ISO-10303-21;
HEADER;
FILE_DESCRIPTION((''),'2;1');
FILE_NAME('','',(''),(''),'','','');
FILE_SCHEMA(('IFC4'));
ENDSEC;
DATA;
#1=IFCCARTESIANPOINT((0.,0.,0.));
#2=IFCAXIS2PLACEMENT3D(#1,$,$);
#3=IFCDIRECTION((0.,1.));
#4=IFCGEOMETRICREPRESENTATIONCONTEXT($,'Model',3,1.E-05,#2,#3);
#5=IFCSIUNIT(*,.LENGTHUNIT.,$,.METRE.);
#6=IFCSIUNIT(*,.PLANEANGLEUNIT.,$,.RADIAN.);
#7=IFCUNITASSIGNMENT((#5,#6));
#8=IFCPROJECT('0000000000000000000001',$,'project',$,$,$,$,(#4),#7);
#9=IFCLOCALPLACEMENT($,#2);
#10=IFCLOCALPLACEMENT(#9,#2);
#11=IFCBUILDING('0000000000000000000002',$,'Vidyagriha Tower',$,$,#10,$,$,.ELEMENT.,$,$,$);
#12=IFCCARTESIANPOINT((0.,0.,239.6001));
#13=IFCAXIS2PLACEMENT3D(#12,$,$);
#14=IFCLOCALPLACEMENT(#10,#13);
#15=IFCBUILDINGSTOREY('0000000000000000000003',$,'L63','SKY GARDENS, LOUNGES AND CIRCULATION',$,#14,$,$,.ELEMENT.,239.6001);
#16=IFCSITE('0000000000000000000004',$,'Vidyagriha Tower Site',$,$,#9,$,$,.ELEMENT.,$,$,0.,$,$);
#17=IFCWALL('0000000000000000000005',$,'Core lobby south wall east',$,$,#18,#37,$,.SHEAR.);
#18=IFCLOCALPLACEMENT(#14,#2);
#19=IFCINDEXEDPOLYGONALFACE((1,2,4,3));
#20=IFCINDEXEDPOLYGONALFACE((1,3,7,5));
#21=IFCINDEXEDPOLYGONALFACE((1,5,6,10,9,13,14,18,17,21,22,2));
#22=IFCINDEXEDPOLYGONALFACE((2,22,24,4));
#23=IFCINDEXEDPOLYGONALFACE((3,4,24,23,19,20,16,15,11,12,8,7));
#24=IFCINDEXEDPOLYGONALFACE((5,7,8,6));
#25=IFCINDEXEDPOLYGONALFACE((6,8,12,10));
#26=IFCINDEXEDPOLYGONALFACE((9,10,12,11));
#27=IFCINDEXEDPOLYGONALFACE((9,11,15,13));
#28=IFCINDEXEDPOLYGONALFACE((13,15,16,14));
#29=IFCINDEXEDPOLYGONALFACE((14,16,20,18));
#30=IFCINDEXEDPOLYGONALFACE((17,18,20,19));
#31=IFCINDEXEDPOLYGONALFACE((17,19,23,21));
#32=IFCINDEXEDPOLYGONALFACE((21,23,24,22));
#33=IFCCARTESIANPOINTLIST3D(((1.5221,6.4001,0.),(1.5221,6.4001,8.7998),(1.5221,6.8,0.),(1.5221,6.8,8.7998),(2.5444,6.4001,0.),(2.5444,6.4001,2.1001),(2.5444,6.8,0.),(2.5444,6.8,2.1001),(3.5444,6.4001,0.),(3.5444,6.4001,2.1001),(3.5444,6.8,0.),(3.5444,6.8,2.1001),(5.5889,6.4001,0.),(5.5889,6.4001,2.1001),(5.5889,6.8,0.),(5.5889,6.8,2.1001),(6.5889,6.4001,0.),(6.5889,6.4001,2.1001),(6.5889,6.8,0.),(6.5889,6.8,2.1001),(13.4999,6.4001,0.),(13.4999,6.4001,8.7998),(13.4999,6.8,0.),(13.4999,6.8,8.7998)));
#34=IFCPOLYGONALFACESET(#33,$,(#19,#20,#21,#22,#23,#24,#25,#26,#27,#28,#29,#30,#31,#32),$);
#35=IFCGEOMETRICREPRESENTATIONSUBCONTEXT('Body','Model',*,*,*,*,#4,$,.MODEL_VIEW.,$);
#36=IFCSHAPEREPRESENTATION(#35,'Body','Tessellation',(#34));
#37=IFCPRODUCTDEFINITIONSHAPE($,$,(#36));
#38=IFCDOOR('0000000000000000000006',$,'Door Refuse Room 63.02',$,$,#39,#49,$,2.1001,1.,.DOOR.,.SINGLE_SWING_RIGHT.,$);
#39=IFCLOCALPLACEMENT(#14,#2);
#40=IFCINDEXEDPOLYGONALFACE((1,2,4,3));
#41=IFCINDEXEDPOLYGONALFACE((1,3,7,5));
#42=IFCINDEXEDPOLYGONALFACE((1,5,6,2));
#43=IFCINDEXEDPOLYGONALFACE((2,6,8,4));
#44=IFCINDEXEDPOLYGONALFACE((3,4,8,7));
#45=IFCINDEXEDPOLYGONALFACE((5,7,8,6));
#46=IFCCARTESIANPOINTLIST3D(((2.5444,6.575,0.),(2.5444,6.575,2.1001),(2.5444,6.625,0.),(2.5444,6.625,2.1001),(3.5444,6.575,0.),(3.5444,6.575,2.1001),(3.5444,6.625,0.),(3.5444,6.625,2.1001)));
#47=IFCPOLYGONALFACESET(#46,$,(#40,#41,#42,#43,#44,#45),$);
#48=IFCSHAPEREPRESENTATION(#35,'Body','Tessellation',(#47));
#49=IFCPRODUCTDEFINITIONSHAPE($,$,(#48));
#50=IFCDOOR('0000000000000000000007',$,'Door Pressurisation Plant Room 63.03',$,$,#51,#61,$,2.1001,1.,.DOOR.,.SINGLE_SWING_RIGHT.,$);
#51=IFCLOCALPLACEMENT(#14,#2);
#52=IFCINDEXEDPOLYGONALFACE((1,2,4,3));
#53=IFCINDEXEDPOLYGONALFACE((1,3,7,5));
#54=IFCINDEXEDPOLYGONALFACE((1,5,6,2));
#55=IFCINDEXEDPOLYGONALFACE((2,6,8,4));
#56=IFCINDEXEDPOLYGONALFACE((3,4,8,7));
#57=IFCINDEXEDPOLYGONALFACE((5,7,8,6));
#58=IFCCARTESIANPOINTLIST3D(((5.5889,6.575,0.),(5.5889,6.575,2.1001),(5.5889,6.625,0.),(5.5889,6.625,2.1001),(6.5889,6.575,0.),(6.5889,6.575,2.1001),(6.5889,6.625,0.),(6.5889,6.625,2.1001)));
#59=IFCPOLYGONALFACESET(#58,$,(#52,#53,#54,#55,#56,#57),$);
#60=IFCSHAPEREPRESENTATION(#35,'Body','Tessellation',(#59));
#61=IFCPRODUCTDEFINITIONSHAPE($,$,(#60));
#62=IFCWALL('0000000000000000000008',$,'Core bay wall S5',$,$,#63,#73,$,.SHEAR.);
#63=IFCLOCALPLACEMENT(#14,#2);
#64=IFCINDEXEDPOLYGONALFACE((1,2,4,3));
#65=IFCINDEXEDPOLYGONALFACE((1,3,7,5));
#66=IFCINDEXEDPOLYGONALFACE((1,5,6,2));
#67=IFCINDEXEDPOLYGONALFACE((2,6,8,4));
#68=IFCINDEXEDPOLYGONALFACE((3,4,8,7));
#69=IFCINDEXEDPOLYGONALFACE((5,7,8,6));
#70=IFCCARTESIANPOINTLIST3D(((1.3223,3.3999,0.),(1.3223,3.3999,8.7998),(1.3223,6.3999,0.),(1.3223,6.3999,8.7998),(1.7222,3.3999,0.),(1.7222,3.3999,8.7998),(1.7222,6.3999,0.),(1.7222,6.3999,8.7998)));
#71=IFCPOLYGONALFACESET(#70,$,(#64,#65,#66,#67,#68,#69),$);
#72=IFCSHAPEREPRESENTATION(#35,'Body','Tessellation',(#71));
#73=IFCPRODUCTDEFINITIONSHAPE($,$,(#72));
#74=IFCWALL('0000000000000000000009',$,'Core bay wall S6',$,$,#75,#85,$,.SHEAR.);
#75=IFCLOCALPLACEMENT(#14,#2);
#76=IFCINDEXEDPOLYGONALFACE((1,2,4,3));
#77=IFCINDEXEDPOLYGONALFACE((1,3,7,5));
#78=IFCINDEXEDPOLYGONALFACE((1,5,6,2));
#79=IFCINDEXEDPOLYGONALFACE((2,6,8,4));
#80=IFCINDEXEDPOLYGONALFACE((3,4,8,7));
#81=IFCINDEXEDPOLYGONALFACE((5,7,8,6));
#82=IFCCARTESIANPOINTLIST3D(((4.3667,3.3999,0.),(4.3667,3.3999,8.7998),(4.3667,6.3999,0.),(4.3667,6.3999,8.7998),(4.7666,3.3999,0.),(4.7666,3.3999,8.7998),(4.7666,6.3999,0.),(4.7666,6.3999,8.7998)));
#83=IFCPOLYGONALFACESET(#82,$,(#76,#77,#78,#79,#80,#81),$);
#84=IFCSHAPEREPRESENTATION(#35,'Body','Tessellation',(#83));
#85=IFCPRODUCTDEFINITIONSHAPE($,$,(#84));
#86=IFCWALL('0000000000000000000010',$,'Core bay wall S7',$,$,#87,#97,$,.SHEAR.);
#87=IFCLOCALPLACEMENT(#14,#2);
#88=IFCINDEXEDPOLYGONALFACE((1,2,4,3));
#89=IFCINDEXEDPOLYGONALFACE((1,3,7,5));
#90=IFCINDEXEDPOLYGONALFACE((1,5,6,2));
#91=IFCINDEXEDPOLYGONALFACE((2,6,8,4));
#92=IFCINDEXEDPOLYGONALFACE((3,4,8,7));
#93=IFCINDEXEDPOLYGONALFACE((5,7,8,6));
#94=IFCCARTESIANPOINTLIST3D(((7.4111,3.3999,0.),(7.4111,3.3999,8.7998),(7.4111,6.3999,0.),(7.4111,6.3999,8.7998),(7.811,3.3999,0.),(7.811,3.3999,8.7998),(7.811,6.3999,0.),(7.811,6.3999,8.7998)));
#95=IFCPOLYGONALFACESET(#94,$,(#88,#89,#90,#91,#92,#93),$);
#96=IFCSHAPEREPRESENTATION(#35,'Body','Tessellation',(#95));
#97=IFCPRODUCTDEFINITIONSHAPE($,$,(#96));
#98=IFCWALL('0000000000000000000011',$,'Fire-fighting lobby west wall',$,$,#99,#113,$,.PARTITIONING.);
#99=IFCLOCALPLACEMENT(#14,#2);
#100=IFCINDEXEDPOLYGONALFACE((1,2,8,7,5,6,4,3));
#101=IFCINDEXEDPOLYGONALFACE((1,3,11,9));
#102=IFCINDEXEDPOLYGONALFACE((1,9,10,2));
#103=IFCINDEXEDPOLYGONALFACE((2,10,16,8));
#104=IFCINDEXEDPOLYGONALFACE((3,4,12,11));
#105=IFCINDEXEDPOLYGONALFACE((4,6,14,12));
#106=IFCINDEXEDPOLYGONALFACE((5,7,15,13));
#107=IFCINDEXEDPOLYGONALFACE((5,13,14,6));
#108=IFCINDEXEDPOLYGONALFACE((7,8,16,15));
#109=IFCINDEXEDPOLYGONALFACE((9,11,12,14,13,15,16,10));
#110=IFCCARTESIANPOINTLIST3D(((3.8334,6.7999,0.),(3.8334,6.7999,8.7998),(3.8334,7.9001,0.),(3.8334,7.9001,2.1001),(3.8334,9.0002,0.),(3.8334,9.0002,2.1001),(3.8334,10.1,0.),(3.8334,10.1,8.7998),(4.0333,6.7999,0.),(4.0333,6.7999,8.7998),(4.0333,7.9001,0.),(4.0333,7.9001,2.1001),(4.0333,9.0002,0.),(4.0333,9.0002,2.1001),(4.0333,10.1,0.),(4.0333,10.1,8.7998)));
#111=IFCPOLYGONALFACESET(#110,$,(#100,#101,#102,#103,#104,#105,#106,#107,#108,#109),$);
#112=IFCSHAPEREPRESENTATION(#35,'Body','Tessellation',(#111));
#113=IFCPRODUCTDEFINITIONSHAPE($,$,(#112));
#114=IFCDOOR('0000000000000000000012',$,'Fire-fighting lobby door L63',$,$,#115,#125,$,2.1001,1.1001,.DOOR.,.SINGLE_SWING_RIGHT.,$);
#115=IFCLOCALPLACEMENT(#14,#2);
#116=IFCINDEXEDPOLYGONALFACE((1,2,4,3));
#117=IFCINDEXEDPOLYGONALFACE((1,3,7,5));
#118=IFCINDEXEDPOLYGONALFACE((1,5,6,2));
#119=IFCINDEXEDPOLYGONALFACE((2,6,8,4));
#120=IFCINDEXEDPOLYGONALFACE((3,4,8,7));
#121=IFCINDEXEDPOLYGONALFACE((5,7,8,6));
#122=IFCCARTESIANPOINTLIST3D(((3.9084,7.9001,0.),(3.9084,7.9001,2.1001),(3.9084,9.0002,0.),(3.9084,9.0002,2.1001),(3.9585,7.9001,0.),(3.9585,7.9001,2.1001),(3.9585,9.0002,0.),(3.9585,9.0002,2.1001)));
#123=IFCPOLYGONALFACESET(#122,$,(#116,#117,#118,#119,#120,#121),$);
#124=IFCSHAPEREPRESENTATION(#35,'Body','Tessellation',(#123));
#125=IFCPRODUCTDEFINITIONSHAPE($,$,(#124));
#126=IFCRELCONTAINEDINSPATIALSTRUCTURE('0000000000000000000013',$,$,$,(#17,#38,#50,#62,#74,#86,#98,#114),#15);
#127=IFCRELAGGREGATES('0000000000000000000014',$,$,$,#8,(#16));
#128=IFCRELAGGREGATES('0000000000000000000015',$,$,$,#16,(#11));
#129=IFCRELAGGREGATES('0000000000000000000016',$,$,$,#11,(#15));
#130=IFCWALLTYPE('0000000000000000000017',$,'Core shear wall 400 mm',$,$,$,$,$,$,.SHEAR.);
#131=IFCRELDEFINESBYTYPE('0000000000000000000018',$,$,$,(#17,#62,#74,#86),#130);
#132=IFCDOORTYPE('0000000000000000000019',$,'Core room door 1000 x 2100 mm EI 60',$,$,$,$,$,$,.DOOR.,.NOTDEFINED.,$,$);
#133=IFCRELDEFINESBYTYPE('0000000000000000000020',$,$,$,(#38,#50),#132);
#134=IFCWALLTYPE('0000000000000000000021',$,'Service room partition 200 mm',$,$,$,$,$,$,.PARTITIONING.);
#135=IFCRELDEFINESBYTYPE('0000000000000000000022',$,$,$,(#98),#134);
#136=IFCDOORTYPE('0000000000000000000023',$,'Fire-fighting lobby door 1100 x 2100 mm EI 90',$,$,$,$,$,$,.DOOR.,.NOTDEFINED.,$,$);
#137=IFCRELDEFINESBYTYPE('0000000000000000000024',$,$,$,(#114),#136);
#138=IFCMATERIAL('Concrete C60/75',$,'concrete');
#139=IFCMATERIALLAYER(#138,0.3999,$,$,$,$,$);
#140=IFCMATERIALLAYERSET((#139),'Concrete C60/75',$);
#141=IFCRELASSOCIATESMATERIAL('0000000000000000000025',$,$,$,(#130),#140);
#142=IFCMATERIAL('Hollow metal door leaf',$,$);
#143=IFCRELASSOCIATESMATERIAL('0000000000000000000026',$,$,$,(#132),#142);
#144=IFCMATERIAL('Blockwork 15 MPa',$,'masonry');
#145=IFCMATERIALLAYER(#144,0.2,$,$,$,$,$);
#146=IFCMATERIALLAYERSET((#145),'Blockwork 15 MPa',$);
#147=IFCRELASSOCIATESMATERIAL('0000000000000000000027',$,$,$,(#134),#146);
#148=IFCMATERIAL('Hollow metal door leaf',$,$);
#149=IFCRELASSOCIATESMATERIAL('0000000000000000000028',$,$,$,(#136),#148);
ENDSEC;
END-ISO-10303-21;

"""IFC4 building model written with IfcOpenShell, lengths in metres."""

from ifc_helpers import new_model, si_unit, direction, frame, frame_2d, origin, place, context, subcontext, project, spatial, rectangle, extrude, material, layer, layer_set, type_object, element, fill, save


model = new_model("IFC4")

# Units and contexts
model_context = context("Model", 3, precision=1e-05, world=origin(), true_north=direction((0.0, 1.0)))
body_context = subcontext(model_context, "Body", "Model", "MODEL_VIEW")
ifc_project = project(units=[si_unit("LENGTHUNIT", "METRE"), si_unit("PLANEANGLEUNIT", "RADIAN")], contexts=[model_context])

# Site, building, storey
site_placement = place(None, origin())
site = spatial("IfcSite", under=ifc_project, at=site_placement, Name="Vidyagriha Tower Site", CompositionType="ELEMENT", RefElevation=0.0)
building_placement = place(site_placement, origin())
building = spatial("IfcBuilding", under=site, at=building_placement, Name="Vidyagriha Tower", CompositionType="ELEMENT")
storey_placement = place(building_placement, frame((0.0, 0.0, 239.6001)))
storey = spatial("IfcBuildingStorey", under=building, at=storey_placement, Name="L63", Description="SKY GARDENS, LOUNGES AND CIRCULATION", CompositionType="ELEMENT", Elevation=239.6001)

# Wall, openings, doors
ifc_material_1 = material(Name="Concrete C60/75", Category="concrete")
ifc_layer_1 = layer(ifc_material_1, 0.3999)
ifc_layer_set_1 = layer_set([ifc_layer_1], Name="Concrete C60/75")
wall_type_1 = type_object("IfcWallType", Name="Core shear wall 400 mm", PredefinedType="SHEAR", material=ifc_layer_set_1)
ifc_material_2 = material(Name="Hollow metal door leaf")
door_type_1 = type_object("IfcDoorType", Name="Core room door 1000 x 2100 mm EI 60", OperationType="NOTDEFINED", PredefinedType="DOOR", material=ifc_material_2)
wall_1_placement = place(storey_placement, frame((1.5222, 6.6001, 0.0)))
wall_1 = element("IfcWall", 1, at=wall_1_placement, inside=storey, type_object=wall_type_1, Name="Core lobby south wall east", PredefinedType="SHEAR", context=body_context, shape_type="SweptSolid", body=[
    extrude(rectangle(XDim=11.9778, YDim=0.3999, at=frame_2d((5.9888, 0.0))), origin(), (0.0, 0.0, 1.0), 8.7998),
])
opening_1_placement = place(wall_1_placement, frame((1.0222, 0.0, 0.0)))
opening_1 = element("IfcOpeningElement", 2, at=opening_1_placement, cuts=wall_1, PredefinedType="OPENING", context=body_context, shape_type="SweptSolid", body=[
    extrude(rectangle(XDim=1.0, YDim=2.1001, at=frame_2d((0.5, 1.05))), frame((0.0, 0.21, 0.0), z_axis=(0.0, -1.0, 0.0), x_axis=(1.0, 0.0, 0.0)), (0.0, 0.0, 1.0), 0.4199),
])
opening_2_placement = place(wall_1_placement, frame((4.0667, 0.0, 0.0)))
opening_2 = element("IfcOpeningElement", 3, at=opening_2_placement, cuts=wall_1, PredefinedType="OPENING", context=body_context, shape_type="SweptSolid", body=[
    extrude(rectangle(XDim=1.0, YDim=2.1001, at=frame_2d((0.5, 1.05))), frame((0.0, 0.21, 0.0), z_axis=(0.0, -1.0, 0.0), x_axis=(1.0, 0.0, 0.0)), (0.0, 0.0, 1.0), 0.4199),
])
door_1_placement = place(opening_1_placement, origin())
door_1 = element("IfcDoor", 4, at=door_1_placement, inside=storey, type_object=door_type_1, Name="Door Refuse Room 63.02", OperationType="SINGLE_SWING_RIGHT", OverallHeight=2.1001, OverallWidth=1.0, PredefinedType="DOOR", context=body_context, shape_type="SweptSolid", body=[
    extrude(rectangle(XDim=1.0, YDim=2.1001, at=frame_2d((0.5, 1.05))), frame((0.0, 0.0249, 0.0), z_axis=(0.0, -1.0, 0.0), x_axis=(1.0, 0.0, 0.0)), (0.0, 0.0, 1.0), 0.05),
])
fill(opening_1, door_1)
door_2_placement = place(opening_2_placement, origin())
door_2 = element("IfcDoor", 5, at=door_2_placement, inside=storey, type_object=door_type_1, Name="Door Pressurisation Plant Room 63.03", OperationType="SINGLE_SWING_RIGHT", OverallHeight=2.1001, OverallWidth=1.0, PredefinedType="DOOR", context=body_context, shape_type="SweptSolid", body=[
    extrude(rectangle(XDim=1.0, YDim=2.1001, at=frame_2d((0.5, 1.05))), frame((0.0, 0.0249, 0.0), z_axis=(0.0, -1.0, 0.0), x_axis=(1.0, 0.0, 0.0)), (0.0, 0.0, 1.0), 0.05),
])
fill(opening_2, door_2)

# Walls
for number, where, z_axis, x_axis, name in (
    (6, (1.5222, 3.3999, 0.0), (0.0, 0.0, 1.0), (0.0, 1.0, 0.0), "Core bay wall S5"),
    (7, (4.5667, 3.3999, 0.0), (0.0, 0.0, 1.0), (0.0, 1.0, 0.0), "Core bay wall S6"),
    (8, (7.6111, 3.3999, 0.0), (0.0, 0.0, 1.0), (0.0, 1.0, 0.0), "Core bay wall S7"),
):
    element("IfcWall", number, at=place(storey_placement, frame(where, z_axis=z_axis, x_axis=x_axis)), inside=storey, type_object=wall_type_1, Name=name, PredefinedType="SHEAR", context=body_context, shape_type="SweptSolid", body=[
        extrude(rectangle(XDim=3.0, YDim=0.3999, at=frame_2d((1.5, 0.0))), origin(), (0.0, 0.0, 1.0), 8.7998),
    ])

# Wall, opening, door
ifc_material_3 = material(Name="Blockwork 15 MPa", Category="masonry")
ifc_layer_2 = layer(ifc_material_3, 0.2)
ifc_layer_set_2 = layer_set([ifc_layer_2], Name="Blockwork 15 MPa")
wall_type_2 = type_object("IfcWallType", Name="Service room partition 200 mm", PredefinedType="PARTITIONING", material=ifc_layer_set_2)
wall_2_placement = place(storey_placement, frame((3.9333, 6.8, 0.0), z_axis=(0.0, 0.0, 1.0), x_axis=(0.0, 1.0, 0.0)))
wall_2 = element("IfcWall", 9, at=wall_2_placement, inside=storey, type_object=wall_type_2, Name="Fire-fighting lobby west wall", PredefinedType="PARTITIONING", context=body_context, shape_type="SweptSolid", body=[
    extrude(rectangle(XDim=3.3, YDim=0.2, at=frame_2d((1.6499, 0.0))), origin(), (0.0, 0.0, 1.0), 8.7998),
])
opening_3_placement = place(wall_2_placement, frame((1.1001, 0.0, 0.0)))
opening_3 = element("IfcOpeningElement", 10, at=opening_3_placement, cuts=wall_2, PredefinedType="OPENING", context=body_context, shape_type="SweptSolid", body=[
    extrude(rectangle(XDim=1.1001, YDim=2.1001, at=frame_2d((0.55, 1.05))), frame((0.0, 0.1099, 0.0), z_axis=(0.0, -1.0, 0.0), x_axis=(1.0, 0.0, 0.0)), (0.0, 0.0, 1.0), 0.22),
])
ifc_material_4 = material(Name="Hollow metal door leaf")
door_type_2 = type_object("IfcDoorType", Name="Fire-fighting lobby door 1100 x 2100 mm EI 90", OperationType="NOTDEFINED", PredefinedType="DOOR", material=ifc_material_4)
door_3_placement = place(opening_3_placement, origin())
door_3 = element("IfcDoor", 11, at=door_3_placement, inside=storey, type_object=door_type_2, Name="Fire-fighting lobby door L63", OperationType="SINGLE_SWING_RIGHT", OverallHeight=2.1001, OverallWidth=1.1001, PredefinedType="DOOR", context=body_context, shape_type="SweptSolid", body=[
    extrude(rectangle(XDim=1.1001, YDim=2.1001, at=frame_2d((0.55, 1.05))), frame((0.0, 0.0249, 0.0), z_axis=(0.0, -1.0, 0.0), x_axis=(1.0, 0.0, 0.0)), (0.0, 0.0, 1.0), 0.05),
])
fill(opening_3, door_3)

save(model, "model.ifc")
